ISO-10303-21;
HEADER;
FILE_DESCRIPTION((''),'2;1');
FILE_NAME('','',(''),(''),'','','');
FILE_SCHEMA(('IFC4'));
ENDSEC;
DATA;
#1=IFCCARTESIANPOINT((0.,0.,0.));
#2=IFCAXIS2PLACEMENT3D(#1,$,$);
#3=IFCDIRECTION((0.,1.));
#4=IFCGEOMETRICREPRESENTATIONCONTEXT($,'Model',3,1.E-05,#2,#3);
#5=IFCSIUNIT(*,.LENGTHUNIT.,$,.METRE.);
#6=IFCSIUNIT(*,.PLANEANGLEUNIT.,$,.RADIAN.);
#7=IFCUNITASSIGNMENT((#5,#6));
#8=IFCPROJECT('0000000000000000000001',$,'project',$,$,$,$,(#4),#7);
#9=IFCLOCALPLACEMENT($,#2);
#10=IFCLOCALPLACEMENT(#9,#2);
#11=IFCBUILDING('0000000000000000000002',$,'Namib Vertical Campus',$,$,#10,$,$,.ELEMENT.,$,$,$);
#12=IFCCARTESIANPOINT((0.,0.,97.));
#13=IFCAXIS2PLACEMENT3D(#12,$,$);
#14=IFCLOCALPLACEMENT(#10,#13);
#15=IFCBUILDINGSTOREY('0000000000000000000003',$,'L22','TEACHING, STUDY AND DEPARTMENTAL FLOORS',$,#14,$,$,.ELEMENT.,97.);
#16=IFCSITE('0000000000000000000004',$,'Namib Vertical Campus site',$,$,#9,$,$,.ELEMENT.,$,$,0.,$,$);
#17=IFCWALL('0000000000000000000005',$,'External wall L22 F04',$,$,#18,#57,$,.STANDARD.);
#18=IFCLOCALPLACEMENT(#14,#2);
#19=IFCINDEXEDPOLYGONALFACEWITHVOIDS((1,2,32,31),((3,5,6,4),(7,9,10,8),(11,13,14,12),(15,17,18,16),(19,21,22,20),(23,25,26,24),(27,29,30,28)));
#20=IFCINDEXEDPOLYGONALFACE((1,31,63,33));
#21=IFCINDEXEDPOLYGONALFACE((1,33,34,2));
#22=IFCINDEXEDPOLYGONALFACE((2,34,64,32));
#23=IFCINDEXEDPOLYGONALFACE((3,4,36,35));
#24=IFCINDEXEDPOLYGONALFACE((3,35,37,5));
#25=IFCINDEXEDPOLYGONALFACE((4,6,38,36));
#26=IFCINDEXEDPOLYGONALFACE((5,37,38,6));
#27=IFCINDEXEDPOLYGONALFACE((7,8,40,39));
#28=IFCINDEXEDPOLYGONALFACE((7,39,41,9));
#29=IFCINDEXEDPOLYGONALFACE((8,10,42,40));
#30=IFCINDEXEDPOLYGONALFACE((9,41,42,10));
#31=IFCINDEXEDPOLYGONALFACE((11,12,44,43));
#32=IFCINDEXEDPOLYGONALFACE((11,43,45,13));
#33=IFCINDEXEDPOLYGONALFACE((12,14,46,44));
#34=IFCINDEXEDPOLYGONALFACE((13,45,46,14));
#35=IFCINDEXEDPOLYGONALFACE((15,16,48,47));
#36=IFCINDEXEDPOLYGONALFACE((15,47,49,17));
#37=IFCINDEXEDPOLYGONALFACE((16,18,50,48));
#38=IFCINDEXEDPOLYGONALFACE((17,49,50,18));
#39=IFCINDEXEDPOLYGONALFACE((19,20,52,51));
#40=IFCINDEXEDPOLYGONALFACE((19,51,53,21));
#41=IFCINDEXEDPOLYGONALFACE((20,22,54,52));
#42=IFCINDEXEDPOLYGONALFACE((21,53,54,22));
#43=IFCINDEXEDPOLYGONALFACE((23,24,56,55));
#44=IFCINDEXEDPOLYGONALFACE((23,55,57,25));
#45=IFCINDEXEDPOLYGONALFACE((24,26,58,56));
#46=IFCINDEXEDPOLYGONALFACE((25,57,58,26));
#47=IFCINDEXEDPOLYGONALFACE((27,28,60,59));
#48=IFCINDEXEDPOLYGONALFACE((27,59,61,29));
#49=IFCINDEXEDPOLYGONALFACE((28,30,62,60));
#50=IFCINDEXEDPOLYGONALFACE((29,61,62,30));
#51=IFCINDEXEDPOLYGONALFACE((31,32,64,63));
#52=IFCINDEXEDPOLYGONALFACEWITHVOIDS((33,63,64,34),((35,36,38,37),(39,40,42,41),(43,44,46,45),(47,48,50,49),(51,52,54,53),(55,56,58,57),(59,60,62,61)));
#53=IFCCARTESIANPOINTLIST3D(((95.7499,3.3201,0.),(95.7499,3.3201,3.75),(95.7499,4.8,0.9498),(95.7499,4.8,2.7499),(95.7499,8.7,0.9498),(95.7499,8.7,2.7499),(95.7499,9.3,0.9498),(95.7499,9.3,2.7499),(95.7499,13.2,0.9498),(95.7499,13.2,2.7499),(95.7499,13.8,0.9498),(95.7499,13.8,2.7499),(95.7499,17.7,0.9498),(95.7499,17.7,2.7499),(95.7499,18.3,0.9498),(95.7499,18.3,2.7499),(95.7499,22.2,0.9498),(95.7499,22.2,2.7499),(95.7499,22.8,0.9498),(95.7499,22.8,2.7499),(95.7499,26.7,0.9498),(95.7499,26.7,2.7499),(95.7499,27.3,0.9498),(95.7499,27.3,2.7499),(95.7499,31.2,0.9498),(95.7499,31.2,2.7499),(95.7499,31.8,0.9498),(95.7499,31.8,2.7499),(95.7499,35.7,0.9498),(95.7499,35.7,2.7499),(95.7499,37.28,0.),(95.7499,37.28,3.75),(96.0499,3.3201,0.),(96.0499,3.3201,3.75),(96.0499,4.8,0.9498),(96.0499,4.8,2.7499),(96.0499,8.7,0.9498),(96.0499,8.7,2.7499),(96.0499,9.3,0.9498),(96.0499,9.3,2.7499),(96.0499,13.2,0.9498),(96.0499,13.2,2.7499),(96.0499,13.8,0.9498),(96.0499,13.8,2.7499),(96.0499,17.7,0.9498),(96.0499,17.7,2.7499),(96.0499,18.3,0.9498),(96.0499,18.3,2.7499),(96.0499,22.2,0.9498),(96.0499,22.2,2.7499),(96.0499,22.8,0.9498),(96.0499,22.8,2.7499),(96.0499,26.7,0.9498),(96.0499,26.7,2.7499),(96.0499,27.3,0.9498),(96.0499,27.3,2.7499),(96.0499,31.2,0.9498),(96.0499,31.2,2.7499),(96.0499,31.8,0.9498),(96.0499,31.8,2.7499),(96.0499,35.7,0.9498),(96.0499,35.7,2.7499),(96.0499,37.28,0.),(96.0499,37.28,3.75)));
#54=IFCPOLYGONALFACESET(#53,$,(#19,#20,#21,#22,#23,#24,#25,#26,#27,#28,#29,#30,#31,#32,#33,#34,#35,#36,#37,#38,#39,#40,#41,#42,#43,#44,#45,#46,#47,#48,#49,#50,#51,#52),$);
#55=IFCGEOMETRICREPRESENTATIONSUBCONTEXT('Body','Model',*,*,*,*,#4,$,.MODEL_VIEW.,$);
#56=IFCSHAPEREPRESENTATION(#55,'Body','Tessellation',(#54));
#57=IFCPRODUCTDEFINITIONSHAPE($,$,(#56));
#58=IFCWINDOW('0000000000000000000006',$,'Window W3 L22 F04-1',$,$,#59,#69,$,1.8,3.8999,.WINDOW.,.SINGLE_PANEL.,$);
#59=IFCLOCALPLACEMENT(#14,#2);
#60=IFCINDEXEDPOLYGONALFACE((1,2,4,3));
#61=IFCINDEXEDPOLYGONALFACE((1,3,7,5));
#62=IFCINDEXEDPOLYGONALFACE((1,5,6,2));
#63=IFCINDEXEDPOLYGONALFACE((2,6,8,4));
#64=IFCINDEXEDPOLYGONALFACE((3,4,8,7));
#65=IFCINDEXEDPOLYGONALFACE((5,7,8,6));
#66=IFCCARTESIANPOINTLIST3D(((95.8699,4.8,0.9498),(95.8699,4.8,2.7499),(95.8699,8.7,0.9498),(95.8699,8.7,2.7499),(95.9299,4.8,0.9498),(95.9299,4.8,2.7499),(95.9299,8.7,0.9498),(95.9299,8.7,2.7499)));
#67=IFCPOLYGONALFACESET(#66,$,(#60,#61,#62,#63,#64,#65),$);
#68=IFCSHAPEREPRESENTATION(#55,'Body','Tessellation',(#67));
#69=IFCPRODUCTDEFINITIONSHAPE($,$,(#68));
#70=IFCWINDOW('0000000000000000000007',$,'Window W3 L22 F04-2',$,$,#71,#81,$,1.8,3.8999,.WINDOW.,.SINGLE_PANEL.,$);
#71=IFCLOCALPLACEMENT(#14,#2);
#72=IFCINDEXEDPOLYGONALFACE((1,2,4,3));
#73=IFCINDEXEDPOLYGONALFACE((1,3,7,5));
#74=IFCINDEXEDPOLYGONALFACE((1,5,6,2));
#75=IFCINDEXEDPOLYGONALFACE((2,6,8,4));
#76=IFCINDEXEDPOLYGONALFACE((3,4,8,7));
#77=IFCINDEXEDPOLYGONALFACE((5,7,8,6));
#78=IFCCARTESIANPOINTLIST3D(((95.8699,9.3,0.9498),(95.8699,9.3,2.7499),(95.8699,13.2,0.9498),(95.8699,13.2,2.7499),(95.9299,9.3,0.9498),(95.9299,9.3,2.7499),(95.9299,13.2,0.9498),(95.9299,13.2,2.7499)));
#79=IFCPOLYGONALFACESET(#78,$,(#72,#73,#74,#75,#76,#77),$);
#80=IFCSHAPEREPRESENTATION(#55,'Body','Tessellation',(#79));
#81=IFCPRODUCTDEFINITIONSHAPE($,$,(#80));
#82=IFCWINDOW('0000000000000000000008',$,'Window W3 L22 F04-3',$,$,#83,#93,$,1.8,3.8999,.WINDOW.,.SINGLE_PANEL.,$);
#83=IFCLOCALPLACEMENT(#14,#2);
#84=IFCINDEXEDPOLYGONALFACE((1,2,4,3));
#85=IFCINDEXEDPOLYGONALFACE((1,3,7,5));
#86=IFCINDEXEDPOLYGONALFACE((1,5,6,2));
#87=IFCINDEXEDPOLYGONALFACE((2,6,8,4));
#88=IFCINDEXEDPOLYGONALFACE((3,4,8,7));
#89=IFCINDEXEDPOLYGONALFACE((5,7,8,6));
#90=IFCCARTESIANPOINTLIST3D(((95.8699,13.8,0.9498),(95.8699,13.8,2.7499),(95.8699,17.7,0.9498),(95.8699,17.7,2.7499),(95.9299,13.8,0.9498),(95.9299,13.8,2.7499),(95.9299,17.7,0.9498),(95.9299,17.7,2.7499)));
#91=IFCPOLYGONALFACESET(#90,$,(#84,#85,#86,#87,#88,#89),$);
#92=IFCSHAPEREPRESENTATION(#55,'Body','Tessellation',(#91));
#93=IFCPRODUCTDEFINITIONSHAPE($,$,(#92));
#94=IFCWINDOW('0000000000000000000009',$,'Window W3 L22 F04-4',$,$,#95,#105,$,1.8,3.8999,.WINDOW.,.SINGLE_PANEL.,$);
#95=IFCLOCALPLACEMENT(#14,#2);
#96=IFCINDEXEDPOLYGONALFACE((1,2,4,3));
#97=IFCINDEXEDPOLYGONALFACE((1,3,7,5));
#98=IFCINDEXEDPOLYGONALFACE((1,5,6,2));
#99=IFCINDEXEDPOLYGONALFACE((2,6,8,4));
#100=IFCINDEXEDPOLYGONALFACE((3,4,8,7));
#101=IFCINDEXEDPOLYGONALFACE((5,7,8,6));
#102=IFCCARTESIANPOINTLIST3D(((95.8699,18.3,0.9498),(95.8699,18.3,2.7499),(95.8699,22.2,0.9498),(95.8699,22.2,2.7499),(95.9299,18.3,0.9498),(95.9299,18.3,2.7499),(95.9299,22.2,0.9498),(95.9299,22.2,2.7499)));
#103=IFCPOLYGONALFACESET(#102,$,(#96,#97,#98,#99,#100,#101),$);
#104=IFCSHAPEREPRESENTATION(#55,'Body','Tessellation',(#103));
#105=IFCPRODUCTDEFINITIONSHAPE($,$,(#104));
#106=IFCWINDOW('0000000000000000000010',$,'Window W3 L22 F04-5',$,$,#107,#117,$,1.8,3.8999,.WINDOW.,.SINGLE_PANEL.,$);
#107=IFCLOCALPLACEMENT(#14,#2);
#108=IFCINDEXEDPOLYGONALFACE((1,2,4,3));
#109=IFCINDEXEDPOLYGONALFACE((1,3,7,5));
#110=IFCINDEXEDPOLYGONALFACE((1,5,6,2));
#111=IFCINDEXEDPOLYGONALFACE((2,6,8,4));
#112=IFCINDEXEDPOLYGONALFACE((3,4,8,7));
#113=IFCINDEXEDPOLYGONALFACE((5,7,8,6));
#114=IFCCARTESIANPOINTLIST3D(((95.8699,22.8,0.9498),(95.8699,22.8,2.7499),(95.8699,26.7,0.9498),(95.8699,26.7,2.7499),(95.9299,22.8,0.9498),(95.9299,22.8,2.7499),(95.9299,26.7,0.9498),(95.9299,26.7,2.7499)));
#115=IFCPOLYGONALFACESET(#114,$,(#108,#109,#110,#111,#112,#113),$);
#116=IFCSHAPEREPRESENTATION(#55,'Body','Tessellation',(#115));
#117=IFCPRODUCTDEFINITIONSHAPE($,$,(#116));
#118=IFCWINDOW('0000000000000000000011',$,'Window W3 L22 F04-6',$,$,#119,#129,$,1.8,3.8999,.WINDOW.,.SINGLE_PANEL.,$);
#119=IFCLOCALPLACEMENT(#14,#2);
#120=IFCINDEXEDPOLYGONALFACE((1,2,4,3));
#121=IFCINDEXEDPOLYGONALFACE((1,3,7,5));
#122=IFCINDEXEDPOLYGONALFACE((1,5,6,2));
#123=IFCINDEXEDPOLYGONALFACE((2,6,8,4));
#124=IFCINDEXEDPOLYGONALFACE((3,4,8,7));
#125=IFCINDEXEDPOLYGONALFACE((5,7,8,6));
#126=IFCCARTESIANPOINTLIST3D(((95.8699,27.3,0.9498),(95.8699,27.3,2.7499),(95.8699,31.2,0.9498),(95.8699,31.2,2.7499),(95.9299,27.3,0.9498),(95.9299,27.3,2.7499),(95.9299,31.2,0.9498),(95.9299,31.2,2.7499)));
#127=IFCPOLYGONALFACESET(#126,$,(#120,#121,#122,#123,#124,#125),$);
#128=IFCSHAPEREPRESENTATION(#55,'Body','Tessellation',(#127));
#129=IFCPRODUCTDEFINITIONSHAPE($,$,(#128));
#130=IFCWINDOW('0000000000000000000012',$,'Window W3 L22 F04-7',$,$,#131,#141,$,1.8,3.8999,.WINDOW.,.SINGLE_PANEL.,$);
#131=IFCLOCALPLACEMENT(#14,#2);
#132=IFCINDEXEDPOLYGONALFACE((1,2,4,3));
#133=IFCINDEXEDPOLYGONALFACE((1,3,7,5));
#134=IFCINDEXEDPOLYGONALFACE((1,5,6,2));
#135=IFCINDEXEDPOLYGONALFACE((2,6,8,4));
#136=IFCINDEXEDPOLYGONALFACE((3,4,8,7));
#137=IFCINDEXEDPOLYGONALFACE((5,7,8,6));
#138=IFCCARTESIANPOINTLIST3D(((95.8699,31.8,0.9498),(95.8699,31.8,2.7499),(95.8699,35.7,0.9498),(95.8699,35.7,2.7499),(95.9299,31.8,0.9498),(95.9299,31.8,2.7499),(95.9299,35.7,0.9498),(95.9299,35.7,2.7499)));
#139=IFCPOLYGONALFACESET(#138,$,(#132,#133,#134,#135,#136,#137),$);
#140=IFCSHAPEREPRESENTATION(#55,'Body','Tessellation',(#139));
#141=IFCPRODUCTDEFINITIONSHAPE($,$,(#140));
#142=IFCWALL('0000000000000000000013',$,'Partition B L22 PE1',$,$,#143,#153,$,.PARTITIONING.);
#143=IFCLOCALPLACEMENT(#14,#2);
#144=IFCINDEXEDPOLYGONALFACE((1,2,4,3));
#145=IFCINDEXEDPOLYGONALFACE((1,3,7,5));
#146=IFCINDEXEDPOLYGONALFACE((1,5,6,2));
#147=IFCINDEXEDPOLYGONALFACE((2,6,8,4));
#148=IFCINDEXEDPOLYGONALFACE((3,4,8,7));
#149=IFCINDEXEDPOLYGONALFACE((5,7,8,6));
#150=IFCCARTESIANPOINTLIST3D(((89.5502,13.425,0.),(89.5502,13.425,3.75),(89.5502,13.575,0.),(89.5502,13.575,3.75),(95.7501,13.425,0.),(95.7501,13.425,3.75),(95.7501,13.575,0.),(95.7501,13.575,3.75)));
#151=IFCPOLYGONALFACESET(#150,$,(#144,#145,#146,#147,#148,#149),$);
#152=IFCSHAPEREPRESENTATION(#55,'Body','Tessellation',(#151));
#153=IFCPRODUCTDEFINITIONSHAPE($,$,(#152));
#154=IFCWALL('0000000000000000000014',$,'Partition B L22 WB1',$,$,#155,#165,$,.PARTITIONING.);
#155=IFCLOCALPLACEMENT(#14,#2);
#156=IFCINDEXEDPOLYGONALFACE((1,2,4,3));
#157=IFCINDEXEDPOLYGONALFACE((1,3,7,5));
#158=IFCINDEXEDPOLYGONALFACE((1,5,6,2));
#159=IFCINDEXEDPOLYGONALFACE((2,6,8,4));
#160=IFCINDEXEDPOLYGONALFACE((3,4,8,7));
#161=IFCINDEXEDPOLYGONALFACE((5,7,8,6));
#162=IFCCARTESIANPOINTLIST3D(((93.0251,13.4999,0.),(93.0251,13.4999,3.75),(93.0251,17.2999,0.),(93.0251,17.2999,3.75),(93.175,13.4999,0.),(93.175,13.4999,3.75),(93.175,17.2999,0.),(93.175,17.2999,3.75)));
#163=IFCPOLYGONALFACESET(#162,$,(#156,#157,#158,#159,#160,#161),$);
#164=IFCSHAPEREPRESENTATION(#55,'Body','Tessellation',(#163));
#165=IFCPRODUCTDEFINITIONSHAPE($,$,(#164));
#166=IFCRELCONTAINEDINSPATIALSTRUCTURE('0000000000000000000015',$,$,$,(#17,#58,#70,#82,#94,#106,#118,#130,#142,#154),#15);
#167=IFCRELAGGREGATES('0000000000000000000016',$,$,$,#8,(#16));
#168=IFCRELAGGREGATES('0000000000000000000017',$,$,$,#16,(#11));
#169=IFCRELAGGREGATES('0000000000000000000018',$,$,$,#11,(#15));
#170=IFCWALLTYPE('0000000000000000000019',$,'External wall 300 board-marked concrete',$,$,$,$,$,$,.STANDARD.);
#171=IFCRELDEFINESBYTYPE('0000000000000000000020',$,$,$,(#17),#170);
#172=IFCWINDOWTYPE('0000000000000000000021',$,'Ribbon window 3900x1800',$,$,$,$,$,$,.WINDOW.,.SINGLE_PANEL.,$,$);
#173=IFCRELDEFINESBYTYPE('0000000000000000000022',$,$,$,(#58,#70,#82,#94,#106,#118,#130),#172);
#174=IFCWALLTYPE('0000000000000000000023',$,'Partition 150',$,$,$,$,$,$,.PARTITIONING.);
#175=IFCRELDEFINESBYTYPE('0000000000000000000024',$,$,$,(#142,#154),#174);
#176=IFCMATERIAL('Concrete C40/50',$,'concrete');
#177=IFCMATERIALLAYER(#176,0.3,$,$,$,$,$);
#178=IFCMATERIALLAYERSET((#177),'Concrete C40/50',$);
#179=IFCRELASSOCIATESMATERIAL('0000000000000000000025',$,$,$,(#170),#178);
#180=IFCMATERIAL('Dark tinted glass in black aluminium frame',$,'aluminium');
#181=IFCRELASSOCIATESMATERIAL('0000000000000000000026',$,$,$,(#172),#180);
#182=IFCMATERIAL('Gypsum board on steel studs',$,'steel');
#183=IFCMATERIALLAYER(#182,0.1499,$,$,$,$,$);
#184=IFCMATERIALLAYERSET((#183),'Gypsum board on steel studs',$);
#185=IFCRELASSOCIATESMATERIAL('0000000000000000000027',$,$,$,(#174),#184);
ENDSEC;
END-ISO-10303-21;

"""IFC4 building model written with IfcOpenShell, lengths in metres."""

from ifc_helpers import new_model, si_unit, direction, frame, frame_2d, origin, place, context, subcontext, project, spatial, rectangle, extrude, material, layer, layer_set, type_object, element, fill, save


model = new_model("IFC4")

# Units and contexts
model_context = context("Model", 3, precision=1e-05, world=origin(), true_north=direction((0.0, 1.0)))
body_context = subcontext(model_context, "Body", "Model", "MODEL_VIEW")
ifc_project = project(units=[si_unit("LENGTHUNIT", "METRE"), si_unit("PLANEANGLEUNIT", "RADIAN")], contexts=[model_context])

# Site, building, storey
site_placement = place(None, origin())
site = spatial("IfcSite", under=ifc_project, at=site_placement, Name="Namib Vertical Campus site", CompositionType="ELEMENT", RefElevation=0.0)
building_placement = place(site_placement, origin())
building = spatial("IfcBuilding", under=site, at=building_placement, Name="Namib Vertical Campus", CompositionType="ELEMENT")
storey_placement = place(building_placement, frame((0.0, 0.0, 97.0)))
storey = spatial("IfcBuildingStorey", under=building, at=storey_placement, Name="L22", Description="TEACHING, STUDY AND DEPARTMENTAL FLOORS", CompositionType="ELEMENT", Elevation=97.0)

# Wall, openings, windows
ifc_material_1 = material(Name="Concrete C40/50", Category="concrete")
ifc_layer_1 = layer(ifc_material_1, 0.3)
ifc_layer_set_1 = layer_set([ifc_layer_1], Name="Concrete C40/50")
wall_type_1 = type_object("IfcWallType", Name="External wall 300 board-marked concrete", PredefinedType="STANDARD", material=ifc_layer_set_1)
wall_1_placement = place(storey_placement, frame((95.8999, 3.3201, 0.0), z_axis=(0.0, 0.0, 1.0), x_axis=(0.0, 1.0, 0.0)))
wall_1 = element("IfcWall", 1, at=wall_1_placement, inside=storey, type_object=wall_type_1, Name="External wall L22 F04", PredefinedType="STANDARD", context=body_context, shape_type="SweptSolid", body=[
    extrude(rectangle(XDim=33.96, YDim=0.3, at=frame_2d((16.98, 0.0))), origin(), (0.0, 0.0, 1.0), 3.75),
])
opening_1_placement = place(wall_1_placement, frame((1.48, 0.0, 0.95)))
opening_1 = element("IfcOpeningElement", 2, at=opening_1_placement, cuts=wall_1, PredefinedType="OPENING", context=body_context, shape_type="SweptSolid", body=[
    extrude(rectangle(XDim=3.8999, YDim=1.8, at=frame_2d((1.95, 0.8999))), frame((0.0, 0.1599, 0.0), z_axis=(0.0, -1.0, 0.0), x_axis=(1.0, 0.0, 0.0)), (0.0, 0.0, 1.0), 0.3201),
])
opening_2_placement = place(wall_1_placement, frame((5.98, 0.0, 0.95)))
opening_2 = element("IfcOpeningElement", 3, at=opening_2_placement, cuts=wall_1, PredefinedType="OPENING", context=body_context, shape_type="SweptSolid", body=[
    extrude(rectangle(XDim=3.8999, YDim=1.8, at=frame_2d((1.95, 0.8999))), frame((0.0, 0.1599, 0.0), z_axis=(0.0, -1.0, 0.0), x_axis=(1.0, 0.0, 0.0)), (0.0, 0.0, 1.0), 0.3201),
])
opening_3_placement = place(wall_1_placement, frame((10.48, 0.0, 0.95)))
opening_3 = element("IfcOpeningElement", 4, at=opening_3_placement, cuts=wall_1, PredefinedType="OPENING", context=body_context, shape_type="SweptSolid", body=[
    extrude(rectangle(XDim=3.8999, YDim=1.8, at=frame_2d((1.95, 0.8999))), frame((0.0, 0.1599, 0.0), z_axis=(0.0, -1.0, 0.0), x_axis=(1.0, 0.0, 0.0)), (0.0, 0.0, 1.0), 0.3201),
])
opening_4_placement = place(wall_1_placement, frame((14.98, 0.0, 0.95)))
opening_4 = element("IfcOpeningElement", 5, at=opening_4_placement, cuts=wall_1, PredefinedType="OPENING", context=body_context, shape_type="SweptSolid", body=[
    extrude(rectangle(XDim=3.8999, YDim=1.8, at=frame_2d((1.95, 0.8999))), frame((0.0, 0.1599, 0.0), z_axis=(0.0, -1.0, 0.0), x_axis=(1.0, 0.0, 0.0)), (0.0, 0.0, 1.0), 0.3201),
])
opening_5_placement = place(wall_1_placement, frame((19.48, 0.0, 0.95)))
opening_5 = element("IfcOpeningElement", 6, at=opening_5_placement, cuts=wall_1, PredefinedType="OPENING", context=body_context, shape_type="SweptSolid", body=[
    extrude(rectangle(XDim=3.8999, YDim=1.8, at=frame_2d((1.95, 0.8999))), frame((0.0, 0.1599, 0.0), z_axis=(0.0, -1.0, 0.0), x_axis=(1.0, 0.0, 0.0)), (0.0, 0.0, 1.0), 0.3201),
])
opening_6_placement = place(wall_1_placement, frame((23.98, 0.0, 0.95)))
opening_6 = element("IfcOpeningElement", 7, at=opening_6_placement, cuts=wall_1, PredefinedType="OPENING", context=body_context, shape_type="SweptSolid", body=[
    extrude(rectangle(XDim=3.8999, YDim=1.8, at=frame_2d((1.95, 0.8999))), frame((0.0, 0.1599, 0.0), z_axis=(0.0, -1.0, 0.0), x_axis=(1.0, 0.0, 0.0)), (0.0, 0.0, 1.0), 0.3201),
])
opening_7_placement = place(wall_1_placement, frame((28.48, 0.0, 0.95)))
opening_7 = element("IfcOpeningElement", 8, at=opening_7_placement, cuts=wall_1, PredefinedType="OPENING", context=body_context, shape_type="SweptSolid", body=[
    extrude(rectangle(XDim=3.8999, YDim=1.8, at=frame_2d((1.95, 0.8999))), frame((0.0, 0.1599, 0.0), z_axis=(0.0, -1.0, 0.0), x_axis=(1.0, 0.0, 0.0)), (0.0, 0.0, 1.0), 0.3201),
])
ifc_material_2 = material(Name="Dark tinted glass in black aluminium frame", Category="aluminium")
window_type = type_object("IfcWindowType", Name="Ribbon window 3900x1800", PartitioningType="SINGLE_PANEL", PredefinedType="WINDOW", material=ifc_material_2)
window_1_placement = place(opening_1_placement, origin())
window_1 = element("IfcWindow", 9, at=window_1_placement, inside=storey, type_object=window_type, Name="Window W3 L22 F04-1", OverallHeight=1.8, OverallWidth=3.8999, PartitioningType="SINGLE_PANEL", PredefinedType="WINDOW", context=body_context, shape_type="SweptSolid", body=[
    extrude(rectangle(XDim=3.8999, YDim=1.8, at=frame_2d((1.95, 0.8999))), frame((0.0, 0.03, 0.0), z_axis=(0.0, -1.0, 0.0), x_axis=(1.0, 0.0, 0.0)), (0.0, 0.0, 1.0), 0.0601),
])
fill(opening_1, window_1)
window_2_placement = place(opening_2_placement, origin())
window_2 = element("IfcWindow", 10, at=window_2_placement, inside=storey, type_object=window_type, Name="Window W3 L22 F04-2", OverallHeight=1.8, OverallWidth=3.8999, PartitioningType="SINGLE_PANEL", PredefinedType="WINDOW", context=body_context, shape_type="SweptSolid", body=[
    extrude(rectangle(XDim=3.8999, YDim=1.8, at=frame_2d((1.95, 0.8999))), frame((0.0, 0.03, 0.0), z_axis=(0.0, -1.0, 0.0), x_axis=(1.0, 0.0, 0.0)), (0.0, 0.0, 1.0), 0.0601),
])
fill(opening_2, window_2)
window_3_placement = place(opening_3_placement, origin())
window_3 = element("IfcWindow", 11, at=window_3_placement, inside=storey, type_object=window_type, Name="Window W3 L22 F04-3", OverallHeight=1.8, OverallWidth=3.8999, PartitioningType="SINGLE_PANEL", PredefinedType="WINDOW", context=body_context, shape_type="SweptSolid", body=[
    extrude(rectangle(XDim=3.8999, YDim=1.8, at=frame_2d((1.95, 0.8999))), frame((0.0, 0.03, 0.0), z_axis=(0.0, -1.0, 0.0), x_axis=(1.0, 0.0, 0.0)), (0.0, 0.0, 1.0), 0.0601),
])
fill(opening_3, window_3)
window_4_placement = place(opening_4_placement, origin())
window_4 = element("IfcWindow", 12, at=window_4_placement, inside=storey, type_object=window_type, Name="Window W3 L22 F04-4", OverallHeight=1.8, OverallWidth=3.8999, PartitioningType="SINGLE_PANEL", PredefinedType="WINDOW", context=body_context, shape_type="SweptSolid", body=[
    extrude(rectangle(XDim=3.8999, YDim=1.8, at=frame_2d((1.95, 0.8999))), frame((0.0, 0.03, 0.0), z_axis=(0.0, -1.0, 0.0), x_axis=(1.0, 0.0, 0.0)), (0.0, 0.0, 1.0), 0.0601),
])
fill(opening_4, window_4)
window_5_placement = place(opening_5_placement, origin())
window_5 = element("IfcWindow", 13, at=window_5_placement, inside=storey, type_object=window_type, Name="Window W3 L22 F04-5", OverallHeight=1.8, OverallWidth=3.8999, PartitioningType="SINGLE_PANEL", PredefinedType="WINDOW", context=body_context, shape_type="SweptSolid", body=[
    extrude(rectangle(XDim=3.8999, YDim=1.8, at=frame_2d((1.95, 0.8999))), frame((0.0, 0.03, 0.0), z_axis=(0.0, -1.0, 0.0), x_axis=(1.0, 0.0, 0.0)), (0.0, 0.0, 1.0), 0.0601),
])
fill(opening_5, window_5)
window_6_placement = place(opening_6_placement, origin())
window_6 = element("IfcWindow", 14, at=window_6_placement, inside=storey, type_object=window_type, Name="Window W3 L22 F04-6", OverallHeight=1.8, OverallWidth=3.8999, PartitioningType="SINGLE_PANEL", PredefinedType="WINDOW", context=body_context, shape_type="SweptSolid", body=[
    extrude(rectangle(XDim=3.8999, YDim=1.8, at=frame_2d((1.95, 0.8999))), frame((0.0, 0.03, 0.0), z_axis=(0.0, -1.0, 0.0), x_axis=(1.0, 0.0, 0.0)), (0.0, 0.0, 1.0), 0.0601),
])
fill(opening_6, window_6)
window_7_placement = place(opening_7_placement, origin())
window_7 = element("IfcWindow", 15, at=window_7_placement, inside=storey, type_object=window_type, Name="Window W3 L22 F04-7", OverallHeight=1.8, OverallWidth=3.8999, PartitioningType="SINGLE_PANEL", PredefinedType="WINDOW", context=body_context, shape_type="SweptSolid", body=[
    extrude(rectangle(XDim=3.8999, YDim=1.8, at=frame_2d((1.95, 0.8999))), frame((0.0, 0.03, 0.0), z_axis=(0.0, -1.0, 0.0), x_axis=(1.0, 0.0, 0.0)), (0.0, 0.0, 1.0), 0.0601),
])
fill(opening_7, window_7)

# Walls
ifc_material_3 = material(Name="Gypsum board on steel studs", Category="steel")
ifc_layer_2 = layer(ifc_material_3, 0.1499)
ifc_layer_set_2 = layer_set([ifc_layer_2], Name="Gypsum board on steel studs")
wall_type_2 = type_object("IfcWallType", Name="Partition 150", PredefinedType="PARTITIONING", material=ifc_layer_set_2)
wall_2_placement = place(storey_placement, frame((89.55, 13.5, 0.0), z_axis=(0.0, 0.0, 1.0), x_axis=(1.0, 0.0, 0.0)))
element("IfcWall", 16, at=wall_2_placement, inside=storey, type_object=wall_type_2, Name="Partition B L22 PE1", PredefinedType="PARTITIONING", context=body_context, shape_type="SweptSolid", body=[
    extrude(rectangle(XDim=6.2, YDim=0.1499, at=frame_2d((3.1001, 0.0))), origin(), (0.0, 0.0, 1.0), 3.75),
])
wall_3_placement = place(storey_placement, frame((93.1001, 13.5, 0.0), z_axis=(0.0, 0.0, 1.0), x_axis=(0.0, 1.0, 0.0)))
element("IfcWall", 17, at=wall_3_placement, inside=storey, type_object=wall_type_2, Name="Partition B L22 WB1", PredefinedType="PARTITIONING", context=body_context, shape_type="SweptSolid", body=[
    extrude(rectangle(XDim=3.8, YDim=0.1499, at=frame_2d((1.8999, 0.0))), origin(), (0.0, 0.0, 1.0), 3.75),
])

save(model, "model.ifc")
